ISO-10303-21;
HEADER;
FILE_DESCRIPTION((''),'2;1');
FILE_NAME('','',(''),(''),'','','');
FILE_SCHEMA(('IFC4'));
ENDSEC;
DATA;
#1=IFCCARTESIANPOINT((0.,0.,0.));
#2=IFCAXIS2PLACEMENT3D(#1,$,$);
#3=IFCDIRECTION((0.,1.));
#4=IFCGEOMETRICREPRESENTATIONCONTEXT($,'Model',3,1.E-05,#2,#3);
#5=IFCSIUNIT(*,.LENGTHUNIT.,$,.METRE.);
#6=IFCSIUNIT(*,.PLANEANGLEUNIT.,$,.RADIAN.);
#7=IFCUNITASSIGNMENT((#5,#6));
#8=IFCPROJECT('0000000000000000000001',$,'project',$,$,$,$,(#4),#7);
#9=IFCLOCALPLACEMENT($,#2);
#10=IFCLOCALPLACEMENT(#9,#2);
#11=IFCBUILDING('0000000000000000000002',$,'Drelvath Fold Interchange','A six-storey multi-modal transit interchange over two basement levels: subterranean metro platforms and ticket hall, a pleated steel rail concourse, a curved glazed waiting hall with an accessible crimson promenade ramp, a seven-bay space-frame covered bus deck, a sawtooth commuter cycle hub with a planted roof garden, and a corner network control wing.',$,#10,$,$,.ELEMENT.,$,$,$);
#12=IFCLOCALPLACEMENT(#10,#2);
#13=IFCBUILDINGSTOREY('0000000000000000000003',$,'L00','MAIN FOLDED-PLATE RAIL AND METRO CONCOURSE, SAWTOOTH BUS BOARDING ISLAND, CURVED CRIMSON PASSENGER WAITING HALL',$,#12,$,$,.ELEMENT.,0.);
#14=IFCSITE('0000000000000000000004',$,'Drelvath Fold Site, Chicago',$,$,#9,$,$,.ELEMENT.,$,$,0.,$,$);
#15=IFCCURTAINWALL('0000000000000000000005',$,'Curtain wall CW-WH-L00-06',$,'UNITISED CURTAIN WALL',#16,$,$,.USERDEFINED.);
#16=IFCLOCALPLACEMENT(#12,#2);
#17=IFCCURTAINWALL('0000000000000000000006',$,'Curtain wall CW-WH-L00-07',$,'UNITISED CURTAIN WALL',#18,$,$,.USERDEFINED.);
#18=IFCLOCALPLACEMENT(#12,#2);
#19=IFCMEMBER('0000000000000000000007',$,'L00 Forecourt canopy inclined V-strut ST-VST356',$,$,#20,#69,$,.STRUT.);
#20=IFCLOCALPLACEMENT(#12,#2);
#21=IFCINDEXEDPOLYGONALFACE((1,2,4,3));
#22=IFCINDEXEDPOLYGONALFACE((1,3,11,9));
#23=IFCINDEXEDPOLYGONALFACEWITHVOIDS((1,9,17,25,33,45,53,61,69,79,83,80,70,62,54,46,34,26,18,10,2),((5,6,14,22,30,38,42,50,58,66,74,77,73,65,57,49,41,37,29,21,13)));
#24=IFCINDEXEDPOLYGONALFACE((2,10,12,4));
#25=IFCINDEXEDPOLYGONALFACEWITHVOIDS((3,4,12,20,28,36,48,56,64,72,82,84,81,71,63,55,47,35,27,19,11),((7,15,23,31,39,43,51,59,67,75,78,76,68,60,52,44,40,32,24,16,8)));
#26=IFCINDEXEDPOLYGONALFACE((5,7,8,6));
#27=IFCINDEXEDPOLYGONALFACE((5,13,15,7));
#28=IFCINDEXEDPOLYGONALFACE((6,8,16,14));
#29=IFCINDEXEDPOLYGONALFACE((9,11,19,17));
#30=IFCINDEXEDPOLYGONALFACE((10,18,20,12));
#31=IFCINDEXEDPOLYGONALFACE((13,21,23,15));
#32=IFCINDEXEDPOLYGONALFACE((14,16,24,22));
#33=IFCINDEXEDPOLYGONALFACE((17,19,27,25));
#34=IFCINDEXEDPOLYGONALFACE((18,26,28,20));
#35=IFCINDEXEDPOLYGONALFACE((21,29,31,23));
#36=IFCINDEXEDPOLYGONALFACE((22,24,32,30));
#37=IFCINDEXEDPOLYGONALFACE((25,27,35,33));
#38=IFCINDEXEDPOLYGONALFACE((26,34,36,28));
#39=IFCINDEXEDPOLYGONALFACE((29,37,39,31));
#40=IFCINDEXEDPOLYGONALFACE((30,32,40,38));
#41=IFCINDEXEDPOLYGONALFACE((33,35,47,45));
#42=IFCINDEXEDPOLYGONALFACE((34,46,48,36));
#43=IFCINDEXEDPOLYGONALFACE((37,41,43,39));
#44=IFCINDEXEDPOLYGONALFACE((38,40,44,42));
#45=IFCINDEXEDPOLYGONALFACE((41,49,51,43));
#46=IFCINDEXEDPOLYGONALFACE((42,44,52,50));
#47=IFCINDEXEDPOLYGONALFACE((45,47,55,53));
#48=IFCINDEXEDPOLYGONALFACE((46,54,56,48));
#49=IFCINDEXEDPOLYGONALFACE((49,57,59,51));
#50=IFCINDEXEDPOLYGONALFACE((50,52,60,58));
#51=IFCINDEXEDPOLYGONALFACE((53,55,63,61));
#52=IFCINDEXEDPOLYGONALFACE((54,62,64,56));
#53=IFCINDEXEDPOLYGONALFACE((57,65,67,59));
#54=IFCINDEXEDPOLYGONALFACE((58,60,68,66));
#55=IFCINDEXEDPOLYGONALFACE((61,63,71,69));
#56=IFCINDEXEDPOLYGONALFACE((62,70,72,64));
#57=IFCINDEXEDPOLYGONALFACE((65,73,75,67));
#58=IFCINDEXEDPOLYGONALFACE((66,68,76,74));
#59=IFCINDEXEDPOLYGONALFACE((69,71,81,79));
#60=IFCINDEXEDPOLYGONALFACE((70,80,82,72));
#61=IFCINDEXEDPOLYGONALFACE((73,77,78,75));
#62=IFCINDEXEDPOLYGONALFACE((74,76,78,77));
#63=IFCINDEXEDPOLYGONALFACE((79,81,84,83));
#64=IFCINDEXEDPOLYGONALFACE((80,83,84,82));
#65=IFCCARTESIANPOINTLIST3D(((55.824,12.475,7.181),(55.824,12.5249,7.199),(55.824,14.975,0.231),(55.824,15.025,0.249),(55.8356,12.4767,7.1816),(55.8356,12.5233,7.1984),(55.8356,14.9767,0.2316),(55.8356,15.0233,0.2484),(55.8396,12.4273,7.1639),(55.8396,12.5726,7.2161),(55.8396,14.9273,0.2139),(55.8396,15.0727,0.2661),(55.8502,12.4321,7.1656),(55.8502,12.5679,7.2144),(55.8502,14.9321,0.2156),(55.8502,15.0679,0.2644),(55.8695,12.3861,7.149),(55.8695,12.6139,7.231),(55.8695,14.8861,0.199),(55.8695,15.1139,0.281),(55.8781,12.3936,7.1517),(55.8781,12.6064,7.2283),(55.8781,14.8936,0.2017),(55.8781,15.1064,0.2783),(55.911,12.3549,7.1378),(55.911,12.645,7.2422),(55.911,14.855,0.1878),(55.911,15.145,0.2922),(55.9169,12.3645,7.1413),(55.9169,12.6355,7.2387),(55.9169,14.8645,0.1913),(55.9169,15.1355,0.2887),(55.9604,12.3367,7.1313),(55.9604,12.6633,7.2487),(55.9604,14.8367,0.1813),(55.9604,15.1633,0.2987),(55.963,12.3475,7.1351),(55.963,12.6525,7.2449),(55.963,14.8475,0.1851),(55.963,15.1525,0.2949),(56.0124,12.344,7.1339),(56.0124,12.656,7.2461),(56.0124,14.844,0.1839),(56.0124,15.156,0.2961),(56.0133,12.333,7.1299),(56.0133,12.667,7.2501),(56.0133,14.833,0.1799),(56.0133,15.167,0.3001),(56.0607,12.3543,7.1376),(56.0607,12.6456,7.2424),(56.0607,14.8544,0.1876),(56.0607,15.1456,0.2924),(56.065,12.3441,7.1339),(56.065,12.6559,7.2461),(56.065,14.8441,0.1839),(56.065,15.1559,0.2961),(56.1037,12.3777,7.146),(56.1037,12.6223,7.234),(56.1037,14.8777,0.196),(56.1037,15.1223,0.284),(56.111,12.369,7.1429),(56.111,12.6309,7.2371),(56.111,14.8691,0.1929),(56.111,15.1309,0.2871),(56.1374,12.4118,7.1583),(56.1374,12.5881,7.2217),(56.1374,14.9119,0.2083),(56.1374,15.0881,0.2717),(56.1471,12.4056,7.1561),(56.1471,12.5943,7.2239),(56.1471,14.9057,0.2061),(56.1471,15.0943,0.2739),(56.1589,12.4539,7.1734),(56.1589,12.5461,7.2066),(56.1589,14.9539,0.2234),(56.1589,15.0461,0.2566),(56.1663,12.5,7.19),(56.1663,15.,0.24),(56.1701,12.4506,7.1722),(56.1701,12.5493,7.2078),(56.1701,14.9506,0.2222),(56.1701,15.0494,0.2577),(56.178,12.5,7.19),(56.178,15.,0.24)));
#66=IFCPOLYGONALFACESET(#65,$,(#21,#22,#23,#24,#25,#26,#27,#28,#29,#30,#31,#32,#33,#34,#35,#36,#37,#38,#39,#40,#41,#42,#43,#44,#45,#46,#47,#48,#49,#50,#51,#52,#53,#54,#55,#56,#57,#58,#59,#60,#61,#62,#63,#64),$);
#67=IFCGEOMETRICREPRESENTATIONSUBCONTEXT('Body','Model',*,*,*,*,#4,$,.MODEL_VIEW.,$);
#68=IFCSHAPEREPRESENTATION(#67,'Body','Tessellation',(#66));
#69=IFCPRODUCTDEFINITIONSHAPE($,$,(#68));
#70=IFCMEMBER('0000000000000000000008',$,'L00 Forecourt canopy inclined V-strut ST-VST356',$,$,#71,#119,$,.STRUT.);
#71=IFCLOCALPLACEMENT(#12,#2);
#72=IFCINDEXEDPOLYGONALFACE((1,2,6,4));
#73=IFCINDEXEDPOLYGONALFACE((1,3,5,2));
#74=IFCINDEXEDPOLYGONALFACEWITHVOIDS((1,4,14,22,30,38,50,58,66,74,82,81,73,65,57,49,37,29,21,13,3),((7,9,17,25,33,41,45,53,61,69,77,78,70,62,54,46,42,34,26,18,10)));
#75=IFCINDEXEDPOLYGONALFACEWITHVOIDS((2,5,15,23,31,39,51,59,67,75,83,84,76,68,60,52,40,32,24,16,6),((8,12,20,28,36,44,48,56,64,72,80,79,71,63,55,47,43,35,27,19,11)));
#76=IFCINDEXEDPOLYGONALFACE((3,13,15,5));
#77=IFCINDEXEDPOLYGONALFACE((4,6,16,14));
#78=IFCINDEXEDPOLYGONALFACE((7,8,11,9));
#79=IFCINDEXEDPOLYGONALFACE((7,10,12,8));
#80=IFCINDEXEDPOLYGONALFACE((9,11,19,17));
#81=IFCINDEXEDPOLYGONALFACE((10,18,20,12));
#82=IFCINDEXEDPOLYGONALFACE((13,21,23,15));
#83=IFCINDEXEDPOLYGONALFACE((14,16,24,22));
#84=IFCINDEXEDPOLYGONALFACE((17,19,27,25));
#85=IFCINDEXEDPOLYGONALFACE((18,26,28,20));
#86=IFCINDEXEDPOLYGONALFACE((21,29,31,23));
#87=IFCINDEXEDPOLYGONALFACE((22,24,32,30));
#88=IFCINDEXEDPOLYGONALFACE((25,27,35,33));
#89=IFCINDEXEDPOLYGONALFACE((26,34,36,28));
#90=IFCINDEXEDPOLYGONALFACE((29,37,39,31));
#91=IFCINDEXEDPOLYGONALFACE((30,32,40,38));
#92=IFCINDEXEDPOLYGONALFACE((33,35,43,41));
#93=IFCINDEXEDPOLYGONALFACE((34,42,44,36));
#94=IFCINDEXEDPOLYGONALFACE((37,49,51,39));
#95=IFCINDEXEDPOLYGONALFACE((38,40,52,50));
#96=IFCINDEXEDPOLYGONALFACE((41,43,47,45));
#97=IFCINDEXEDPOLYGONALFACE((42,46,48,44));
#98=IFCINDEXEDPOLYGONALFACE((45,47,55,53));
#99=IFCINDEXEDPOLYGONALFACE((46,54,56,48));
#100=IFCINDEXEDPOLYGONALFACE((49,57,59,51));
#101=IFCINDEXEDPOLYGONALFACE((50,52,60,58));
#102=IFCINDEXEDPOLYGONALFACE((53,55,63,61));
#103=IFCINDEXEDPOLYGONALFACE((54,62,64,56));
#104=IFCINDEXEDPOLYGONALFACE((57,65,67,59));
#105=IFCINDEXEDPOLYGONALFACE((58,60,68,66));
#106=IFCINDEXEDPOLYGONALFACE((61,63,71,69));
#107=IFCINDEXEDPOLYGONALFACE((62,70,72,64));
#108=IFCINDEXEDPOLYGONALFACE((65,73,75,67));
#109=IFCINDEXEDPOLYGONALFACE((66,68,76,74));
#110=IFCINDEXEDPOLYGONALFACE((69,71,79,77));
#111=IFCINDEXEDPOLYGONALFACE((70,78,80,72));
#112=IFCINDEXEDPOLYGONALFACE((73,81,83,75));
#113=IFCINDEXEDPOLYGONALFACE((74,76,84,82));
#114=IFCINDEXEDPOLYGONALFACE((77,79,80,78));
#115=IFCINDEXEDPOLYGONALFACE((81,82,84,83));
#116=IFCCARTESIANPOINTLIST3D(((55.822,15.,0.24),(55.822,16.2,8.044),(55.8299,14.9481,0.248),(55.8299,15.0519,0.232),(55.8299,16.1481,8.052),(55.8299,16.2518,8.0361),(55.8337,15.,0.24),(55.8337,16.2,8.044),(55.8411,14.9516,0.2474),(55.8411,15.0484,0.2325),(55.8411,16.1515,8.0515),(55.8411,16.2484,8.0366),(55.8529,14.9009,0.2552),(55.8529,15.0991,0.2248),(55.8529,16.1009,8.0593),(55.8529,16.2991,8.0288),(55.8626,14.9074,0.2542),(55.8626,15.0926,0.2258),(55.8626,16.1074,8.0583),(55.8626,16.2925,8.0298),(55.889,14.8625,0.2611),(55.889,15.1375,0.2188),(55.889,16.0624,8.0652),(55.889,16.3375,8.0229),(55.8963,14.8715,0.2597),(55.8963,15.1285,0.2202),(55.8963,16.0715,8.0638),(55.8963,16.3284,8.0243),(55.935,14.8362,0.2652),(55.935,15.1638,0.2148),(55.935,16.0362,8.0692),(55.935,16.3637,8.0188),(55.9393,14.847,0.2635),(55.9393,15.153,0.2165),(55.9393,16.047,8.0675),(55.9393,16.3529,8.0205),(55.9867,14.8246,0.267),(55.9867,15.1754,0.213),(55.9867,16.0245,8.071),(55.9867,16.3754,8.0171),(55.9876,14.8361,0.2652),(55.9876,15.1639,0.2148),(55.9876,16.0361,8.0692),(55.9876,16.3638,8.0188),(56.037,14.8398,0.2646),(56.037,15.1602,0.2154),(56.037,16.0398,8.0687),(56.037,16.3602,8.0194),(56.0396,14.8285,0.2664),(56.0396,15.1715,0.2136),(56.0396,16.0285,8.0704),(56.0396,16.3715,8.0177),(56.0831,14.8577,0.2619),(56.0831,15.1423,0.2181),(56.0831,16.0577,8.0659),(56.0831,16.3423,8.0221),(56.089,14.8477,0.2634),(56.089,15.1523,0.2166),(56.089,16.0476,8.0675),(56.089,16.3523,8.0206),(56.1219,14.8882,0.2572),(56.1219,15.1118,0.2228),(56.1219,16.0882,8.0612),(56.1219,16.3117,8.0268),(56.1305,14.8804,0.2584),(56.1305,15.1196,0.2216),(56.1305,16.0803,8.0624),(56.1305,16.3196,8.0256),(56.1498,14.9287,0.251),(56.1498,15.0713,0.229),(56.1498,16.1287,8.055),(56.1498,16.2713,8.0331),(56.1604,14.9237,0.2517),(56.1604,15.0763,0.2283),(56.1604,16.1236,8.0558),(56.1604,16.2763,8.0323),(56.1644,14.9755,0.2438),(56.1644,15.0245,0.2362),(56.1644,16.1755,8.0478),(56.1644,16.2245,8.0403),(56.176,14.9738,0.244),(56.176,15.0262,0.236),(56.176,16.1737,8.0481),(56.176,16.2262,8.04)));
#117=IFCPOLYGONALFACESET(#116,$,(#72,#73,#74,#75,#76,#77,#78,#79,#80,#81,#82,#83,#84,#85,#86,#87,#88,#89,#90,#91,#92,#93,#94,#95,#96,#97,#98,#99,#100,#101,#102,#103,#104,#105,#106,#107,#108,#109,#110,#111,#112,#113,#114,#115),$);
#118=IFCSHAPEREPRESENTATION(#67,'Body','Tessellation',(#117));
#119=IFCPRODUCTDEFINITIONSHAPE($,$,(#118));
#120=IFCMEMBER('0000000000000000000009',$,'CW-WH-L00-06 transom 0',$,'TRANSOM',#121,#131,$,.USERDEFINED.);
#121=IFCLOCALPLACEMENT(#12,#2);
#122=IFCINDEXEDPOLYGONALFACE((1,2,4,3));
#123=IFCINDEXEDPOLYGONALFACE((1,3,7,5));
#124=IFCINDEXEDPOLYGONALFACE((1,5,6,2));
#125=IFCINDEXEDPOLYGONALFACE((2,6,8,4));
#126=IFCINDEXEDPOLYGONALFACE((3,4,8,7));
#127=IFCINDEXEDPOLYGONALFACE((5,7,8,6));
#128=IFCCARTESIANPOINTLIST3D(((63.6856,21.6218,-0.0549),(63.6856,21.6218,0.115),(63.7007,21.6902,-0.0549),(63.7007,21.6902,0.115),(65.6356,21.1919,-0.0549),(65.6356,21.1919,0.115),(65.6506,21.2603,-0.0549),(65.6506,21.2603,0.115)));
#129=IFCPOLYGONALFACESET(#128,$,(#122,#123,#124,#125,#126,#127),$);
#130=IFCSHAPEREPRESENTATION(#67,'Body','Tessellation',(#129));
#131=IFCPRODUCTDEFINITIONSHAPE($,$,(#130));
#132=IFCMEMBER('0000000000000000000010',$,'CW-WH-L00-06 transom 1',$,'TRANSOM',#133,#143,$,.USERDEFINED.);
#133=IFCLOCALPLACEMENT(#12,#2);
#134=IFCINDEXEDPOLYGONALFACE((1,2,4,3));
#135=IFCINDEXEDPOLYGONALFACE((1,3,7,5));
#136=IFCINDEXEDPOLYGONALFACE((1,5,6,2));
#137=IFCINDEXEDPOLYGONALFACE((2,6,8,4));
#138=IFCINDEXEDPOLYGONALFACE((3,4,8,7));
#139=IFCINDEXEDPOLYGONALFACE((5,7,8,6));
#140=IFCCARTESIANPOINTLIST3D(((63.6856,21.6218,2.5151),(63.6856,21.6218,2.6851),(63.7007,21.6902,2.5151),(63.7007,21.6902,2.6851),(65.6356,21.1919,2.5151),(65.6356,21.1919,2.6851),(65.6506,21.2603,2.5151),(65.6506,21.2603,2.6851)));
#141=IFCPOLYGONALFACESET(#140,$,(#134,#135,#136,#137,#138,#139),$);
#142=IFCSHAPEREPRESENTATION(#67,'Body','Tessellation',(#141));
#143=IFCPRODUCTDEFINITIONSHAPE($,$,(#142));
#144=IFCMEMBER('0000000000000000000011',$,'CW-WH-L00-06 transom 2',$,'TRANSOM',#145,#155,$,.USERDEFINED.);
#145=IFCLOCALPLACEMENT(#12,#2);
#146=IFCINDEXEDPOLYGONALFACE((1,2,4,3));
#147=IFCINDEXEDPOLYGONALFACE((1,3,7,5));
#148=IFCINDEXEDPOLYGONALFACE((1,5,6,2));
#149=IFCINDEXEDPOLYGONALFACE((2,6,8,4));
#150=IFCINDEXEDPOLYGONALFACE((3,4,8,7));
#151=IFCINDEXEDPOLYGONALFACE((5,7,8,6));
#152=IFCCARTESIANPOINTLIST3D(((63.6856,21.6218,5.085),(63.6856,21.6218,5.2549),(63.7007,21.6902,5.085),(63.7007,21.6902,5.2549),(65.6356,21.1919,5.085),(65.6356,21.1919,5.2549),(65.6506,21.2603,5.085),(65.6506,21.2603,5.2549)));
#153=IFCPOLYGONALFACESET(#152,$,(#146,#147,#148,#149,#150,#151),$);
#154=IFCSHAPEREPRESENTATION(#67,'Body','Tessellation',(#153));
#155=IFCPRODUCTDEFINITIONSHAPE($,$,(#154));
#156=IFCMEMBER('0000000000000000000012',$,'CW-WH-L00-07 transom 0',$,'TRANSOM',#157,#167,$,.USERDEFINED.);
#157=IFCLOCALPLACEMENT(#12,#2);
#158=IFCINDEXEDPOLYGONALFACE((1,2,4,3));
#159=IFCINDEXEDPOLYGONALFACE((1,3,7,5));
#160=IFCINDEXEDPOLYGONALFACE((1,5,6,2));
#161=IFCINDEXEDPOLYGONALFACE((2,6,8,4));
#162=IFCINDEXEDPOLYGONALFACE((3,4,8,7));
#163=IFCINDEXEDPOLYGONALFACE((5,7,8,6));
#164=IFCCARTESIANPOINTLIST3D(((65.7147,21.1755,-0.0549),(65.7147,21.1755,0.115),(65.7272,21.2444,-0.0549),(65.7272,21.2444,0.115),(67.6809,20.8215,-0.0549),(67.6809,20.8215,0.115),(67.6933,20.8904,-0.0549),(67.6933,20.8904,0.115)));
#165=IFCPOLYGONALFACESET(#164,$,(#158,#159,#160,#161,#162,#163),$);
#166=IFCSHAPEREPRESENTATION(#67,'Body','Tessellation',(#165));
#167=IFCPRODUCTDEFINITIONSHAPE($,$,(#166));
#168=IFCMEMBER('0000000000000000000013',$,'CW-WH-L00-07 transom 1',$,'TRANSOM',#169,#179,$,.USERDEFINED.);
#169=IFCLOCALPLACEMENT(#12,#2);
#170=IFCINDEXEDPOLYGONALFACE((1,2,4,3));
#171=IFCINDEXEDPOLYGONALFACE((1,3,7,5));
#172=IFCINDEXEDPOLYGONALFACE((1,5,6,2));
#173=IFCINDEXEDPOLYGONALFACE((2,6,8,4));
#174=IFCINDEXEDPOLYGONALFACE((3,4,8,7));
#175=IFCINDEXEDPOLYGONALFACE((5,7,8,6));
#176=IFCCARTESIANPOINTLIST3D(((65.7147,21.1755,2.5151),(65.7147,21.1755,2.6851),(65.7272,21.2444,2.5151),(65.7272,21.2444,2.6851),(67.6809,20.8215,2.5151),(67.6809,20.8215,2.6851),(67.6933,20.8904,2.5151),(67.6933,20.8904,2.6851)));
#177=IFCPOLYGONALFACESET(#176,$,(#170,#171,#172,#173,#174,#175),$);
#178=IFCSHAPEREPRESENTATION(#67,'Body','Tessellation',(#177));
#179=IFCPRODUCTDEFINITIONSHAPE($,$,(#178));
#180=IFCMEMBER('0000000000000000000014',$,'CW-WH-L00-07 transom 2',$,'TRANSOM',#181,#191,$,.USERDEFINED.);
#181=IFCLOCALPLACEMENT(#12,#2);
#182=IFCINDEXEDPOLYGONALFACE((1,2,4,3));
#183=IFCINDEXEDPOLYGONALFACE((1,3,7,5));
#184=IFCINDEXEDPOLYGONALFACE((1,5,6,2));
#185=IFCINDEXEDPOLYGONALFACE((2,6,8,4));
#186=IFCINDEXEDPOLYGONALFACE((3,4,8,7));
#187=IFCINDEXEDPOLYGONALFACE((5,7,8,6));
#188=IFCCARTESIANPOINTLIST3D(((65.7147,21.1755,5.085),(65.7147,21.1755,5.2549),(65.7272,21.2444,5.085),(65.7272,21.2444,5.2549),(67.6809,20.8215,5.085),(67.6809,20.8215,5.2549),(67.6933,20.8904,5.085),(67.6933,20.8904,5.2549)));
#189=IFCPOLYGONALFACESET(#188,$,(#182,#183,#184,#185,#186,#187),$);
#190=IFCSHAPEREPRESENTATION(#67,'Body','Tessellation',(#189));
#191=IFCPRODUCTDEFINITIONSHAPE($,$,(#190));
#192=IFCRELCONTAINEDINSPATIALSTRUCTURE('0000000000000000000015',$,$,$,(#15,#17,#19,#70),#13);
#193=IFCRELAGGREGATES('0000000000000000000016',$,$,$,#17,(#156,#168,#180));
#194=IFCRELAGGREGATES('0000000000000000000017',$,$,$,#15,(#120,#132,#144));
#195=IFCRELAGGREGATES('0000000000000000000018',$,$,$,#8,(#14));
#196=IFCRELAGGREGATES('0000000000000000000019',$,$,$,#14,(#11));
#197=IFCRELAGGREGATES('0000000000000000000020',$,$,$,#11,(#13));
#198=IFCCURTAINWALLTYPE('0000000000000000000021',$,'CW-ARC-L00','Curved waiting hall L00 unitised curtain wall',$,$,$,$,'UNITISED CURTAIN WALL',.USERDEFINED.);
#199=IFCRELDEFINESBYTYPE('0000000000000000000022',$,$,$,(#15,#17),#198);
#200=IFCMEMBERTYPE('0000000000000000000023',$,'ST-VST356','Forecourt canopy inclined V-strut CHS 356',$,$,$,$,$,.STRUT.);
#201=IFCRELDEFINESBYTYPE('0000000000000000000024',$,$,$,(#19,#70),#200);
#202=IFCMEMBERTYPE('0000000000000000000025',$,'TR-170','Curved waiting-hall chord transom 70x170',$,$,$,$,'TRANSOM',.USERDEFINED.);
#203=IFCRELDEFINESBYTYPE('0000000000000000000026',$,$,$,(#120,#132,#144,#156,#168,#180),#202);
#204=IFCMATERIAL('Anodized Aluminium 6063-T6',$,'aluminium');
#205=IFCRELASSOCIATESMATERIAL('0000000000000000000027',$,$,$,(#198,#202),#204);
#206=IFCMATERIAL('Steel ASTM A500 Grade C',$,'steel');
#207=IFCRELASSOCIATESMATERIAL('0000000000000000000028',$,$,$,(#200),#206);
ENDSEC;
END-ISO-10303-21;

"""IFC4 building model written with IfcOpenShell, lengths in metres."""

from ifc_helpers import new_model, si_unit, direction, frame, origin, origin_2d, place, context, subcontext, project, spatial, rectangle, hollow_circle, extrude, material, material_profile, profile_set, type_object, element, aggregate, save


model = new_model("IFC4")

# Units and contexts
model_context = context("Model", 3, precision=1e-05, world=origin(), true_north=direction((0.0, 1.0)))
body_context = subcontext(model_context, "Body", "Model", "MODEL_VIEW")
ifc_project = project(units=[si_unit("LENGTHUNIT", "METRE"), si_unit("PLANEANGLEUNIT", "RADIAN")], contexts=[model_context])

# Site, building, storey
site_placement = place(None, origin())
site = spatial("IfcSite", under=ifc_project, at=site_placement, Name="Drelvath Fold Site, Chicago", CompositionType="ELEMENT", RefElevation=0.0)
building_placement = place(site_placement, origin())
building = spatial("IfcBuilding", under=site, at=building_placement, Name="Drelvath Fold Interchange", Description="A six-storey multi-modal transit interchange over two basement levels: subterranean metro platforms and ticket hall, a pleated steel rail concourse, a curved glazed waiting hall with an accessible crimson promenade ramp, a seven-bay space-frame covered bus deck, a sawtooth commuter cycle hub with a planted roof garden, and a corner network control wing.", CompositionType="ELEMENT")
storey_placement = place(building_placement, origin())
storey = spatial("IfcBuildingStorey", under=building, at=storey_placement, Name="L00", Description="MAIN FOLDED-PLATE RAIL AND METRO CONCOURSE, SAWTOOTH BUS BOARDING ISLAND, CURVED CRIMSON PASSENGER WAITING HALL", CompositionType="ELEMENT", Elevation=0.0)

# Shared definitions
ifc_material_1 = material(Name="Steel ASTM A500 Grade C", Category="steel")

# Curtain wall
ifc_material_2 = material(Name="Anodized Aluminium 6063-T6", Category="aluminium")
curtain_wall_type = type_object("IfcCurtainWallType", Name="CW-ARC-L00", Description="Curved waiting hall L00 unitised curtain wall", ElementType="UNITISED CURTAIN WALL", PredefinedType="USERDEFINED", material=ifc_material_2)
curtain_wall_1_placement = place(storey_placement, origin())
curtain_wall_1 = element("IfcCurtainWall", 1, at=curtain_wall_1_placement, inside=storey, type_object=curtain_wall_type, Name="Curtain wall CW-WH-L00-06", ObjectType="UNITISED CURTAIN WALL", PredefinedType="USERDEFINED")

# Curtain wall
curtain_wall_2_placement = place(storey_placement, origin())
curtain_wall_2 = element("IfcCurtainWall", 2, at=curtain_wall_2_placement, inside=storey, type_object=curtain_wall_type, Name="Curtain wall CW-WH-L00-07", ObjectType="UNITISED CURTAIN WALL", PredefinedType="USERDEFINED")

# Members
ifc_material_profile_1 = material_profile(ifc_material_1, hollow_circle(Radius=0.178, WallThickness=0.0117, at=origin_2d()), Name="HSS14.000X0.500")
ifc_profile_set_1 = profile_set([ifc_material_profile_1], Name="Steel ASTM A500 Grade C")
member_type_1 = type_object("IfcMemberType", Name="ST-VST356", Description="Forecourt canopy inclined V-strut CHS 356", PredefinedType="STRUT", material=ifc_profile_set_1)
member_1_placement = place(storey_placement, frame((56.0, 15.0, 0.24), z_axis=(0.0, -0.338482, 0.940973), x_axis=(1.0, 0.0, 0.0)))
element("IfcMember", 3, at=member_1_placement, inside=storey, type_object=member_type_1, Name="L00 Forecourt canopy inclined V-strut ST-VST356", PredefinedType="STRUT", context=body_context, shape_type="SweptSolid", body=[
    extrude(hollow_circle(Radius=0.178, WallThickness=0.0117, at=origin_2d()), origin(), (0.0, 0.0, 1.0), 7.386),
])
member_2_placement = place(storey_placement, frame((56.0, 15.0, 0.24), z_axis=(0.0, 0.151976, 0.988384), x_axis=(-1.0, 0.0, 0.0)))
element("IfcMember", 4, at=member_2_placement, inside=storey, type_object=member_type_1, Name="L00 Forecourt canopy inclined V-strut ST-VST356", PredefinedType="STRUT", context=body_context, shape_type="SweptSolid", body=[
    extrude(hollow_circle(Radius=0.178, WallThickness=0.0117, at=origin_2d()), origin(), (0.0, 0.0, 1.0), 7.8958),
])

# Members
ifc_material_profile_2 = material_profile(ifc_material_2, rectangle(XDim=0.0701, YDim=0.1699, at=origin_2d()), Name="AL-T 70x170")
ifc_profile_set_2 = profile_set([ifc_material_profile_2], Name="Anodized Aluminium 6063-T6")
member_type_2 = type_object("IfcMemberType", Name="TR-170", Description="Curved waiting-hall chord transom 70x170", ElementType="TRANSOM", PredefinedType="USERDEFINED", material=ifc_profile_set_2)
member_3_placement = place(storey_placement, frame((63.6931, 21.656, 0.03), z_axis=(0.976545, -0.215312, 0.0), x_axis=(0.215312, 0.976545, 0.0)))
member_3 = element("IfcMember", 5, at=member_3_placement, type_object=member_type_2, Name="CW-WH-L00-06 transom 0", ObjectType="TRANSOM", PredefinedType="USERDEFINED", context=body_context, shape_type="SweptSolid", body=[
    extrude(rectangle(XDim=0.0701, YDim=0.1699, at=origin_2d()), origin(), (0.0, 0.0, 1.0), 1.9968),
])
member_4_placement = place(storey_placement, frame((63.6931, 21.656, 2.6001), z_axis=(0.976545, -0.215312, 0.0), x_axis=(0.215312, 0.976545, 0.0)))
member_4 = element("IfcMember", 6, at=member_4_placement, type_object=member_type_2, Name="CW-WH-L00-06 transom 1", ObjectType="TRANSOM", PredefinedType="USERDEFINED", context=body_context, shape_type="SweptSolid", body=[
    extrude(rectangle(XDim=0.0701, YDim=0.1699, at=origin_2d()), origin(), (0.0, 0.0, 1.0), 1.9968),
])
member_5_placement = place(storey_placement, frame((63.6931, 21.656, 5.1699), z_axis=(0.976545, -0.215312, 0.0), x_axis=(0.215312, 0.976545, 0.0)))
member_5 = element("IfcMember", 7, at=member_5_placement, type_object=member_type_2, Name="CW-WH-L00-06 transom 2", ObjectType="TRANSOM", PredefinedType="USERDEFINED", context=body_context, shape_type="SweptSolid", body=[
    extrude(rectangle(XDim=0.0701, YDim=0.1699, at=origin_2d()), origin(), (0.0, 0.0, 1.0), 1.9968),
])
member_6_placement = place(storey_placement, frame((65.7209, 21.21, 0.03), z_axis=(0.984174, -0.177207, 0.0), x_axis=(0.177207, 0.984174, 0.0)))
member_6 = element("IfcMember", 8, at=member_6_placement, type_object=member_type_2, Name="CW-WH-L00-07 transom 0", ObjectType="TRANSOM", PredefinedType="USERDEFINED", context=body_context, shape_type="SweptSolid", body=[
    extrude(rectangle(XDim=0.0701, YDim=0.1699, at=origin_2d()), origin(), (0.0, 0.0, 1.0), 1.9978),
])
member_7_placement = place(storey_placement, frame((65.7209, 21.21, 2.6001), z_axis=(0.984174, -0.177207, 0.0), x_axis=(0.177207, 0.984174, 0.0)))
member_7 = element("IfcMember", 9, at=member_7_placement, type_object=member_type_2, Name="CW-WH-L00-07 transom 1", ObjectType="TRANSOM", PredefinedType="USERDEFINED", context=body_context, shape_type="SweptSolid", body=[
    extrude(rectangle(XDim=0.0701, YDim=0.1699, at=origin_2d()), origin(), (0.0, 0.0, 1.0), 1.9978),
])
member_8_placement = place(storey_placement, frame((65.7209, 21.21, 5.1699), z_axis=(0.984174, -0.177207, 0.0), x_axis=(0.177207, 0.984174, 0.0)))
member_8 = element("IfcMember", 10, at=member_8_placement, type_object=member_type_2, Name="CW-WH-L00-07 transom 2", ObjectType="TRANSOM", PredefinedType="USERDEFINED", context=body_context, shape_type="SweptSolid", body=[
    extrude(rectangle(XDim=0.0701, YDim=0.1699, at=origin_2d()), origin(), (0.0, 0.0, 1.0), 1.9978),
])
aggregate(curtain_wall_2, [member_6, member_7, member_8])

aggregate(curtain_wall_1, [member_3, member_4, member_5])

save(model, "model.ifc")
